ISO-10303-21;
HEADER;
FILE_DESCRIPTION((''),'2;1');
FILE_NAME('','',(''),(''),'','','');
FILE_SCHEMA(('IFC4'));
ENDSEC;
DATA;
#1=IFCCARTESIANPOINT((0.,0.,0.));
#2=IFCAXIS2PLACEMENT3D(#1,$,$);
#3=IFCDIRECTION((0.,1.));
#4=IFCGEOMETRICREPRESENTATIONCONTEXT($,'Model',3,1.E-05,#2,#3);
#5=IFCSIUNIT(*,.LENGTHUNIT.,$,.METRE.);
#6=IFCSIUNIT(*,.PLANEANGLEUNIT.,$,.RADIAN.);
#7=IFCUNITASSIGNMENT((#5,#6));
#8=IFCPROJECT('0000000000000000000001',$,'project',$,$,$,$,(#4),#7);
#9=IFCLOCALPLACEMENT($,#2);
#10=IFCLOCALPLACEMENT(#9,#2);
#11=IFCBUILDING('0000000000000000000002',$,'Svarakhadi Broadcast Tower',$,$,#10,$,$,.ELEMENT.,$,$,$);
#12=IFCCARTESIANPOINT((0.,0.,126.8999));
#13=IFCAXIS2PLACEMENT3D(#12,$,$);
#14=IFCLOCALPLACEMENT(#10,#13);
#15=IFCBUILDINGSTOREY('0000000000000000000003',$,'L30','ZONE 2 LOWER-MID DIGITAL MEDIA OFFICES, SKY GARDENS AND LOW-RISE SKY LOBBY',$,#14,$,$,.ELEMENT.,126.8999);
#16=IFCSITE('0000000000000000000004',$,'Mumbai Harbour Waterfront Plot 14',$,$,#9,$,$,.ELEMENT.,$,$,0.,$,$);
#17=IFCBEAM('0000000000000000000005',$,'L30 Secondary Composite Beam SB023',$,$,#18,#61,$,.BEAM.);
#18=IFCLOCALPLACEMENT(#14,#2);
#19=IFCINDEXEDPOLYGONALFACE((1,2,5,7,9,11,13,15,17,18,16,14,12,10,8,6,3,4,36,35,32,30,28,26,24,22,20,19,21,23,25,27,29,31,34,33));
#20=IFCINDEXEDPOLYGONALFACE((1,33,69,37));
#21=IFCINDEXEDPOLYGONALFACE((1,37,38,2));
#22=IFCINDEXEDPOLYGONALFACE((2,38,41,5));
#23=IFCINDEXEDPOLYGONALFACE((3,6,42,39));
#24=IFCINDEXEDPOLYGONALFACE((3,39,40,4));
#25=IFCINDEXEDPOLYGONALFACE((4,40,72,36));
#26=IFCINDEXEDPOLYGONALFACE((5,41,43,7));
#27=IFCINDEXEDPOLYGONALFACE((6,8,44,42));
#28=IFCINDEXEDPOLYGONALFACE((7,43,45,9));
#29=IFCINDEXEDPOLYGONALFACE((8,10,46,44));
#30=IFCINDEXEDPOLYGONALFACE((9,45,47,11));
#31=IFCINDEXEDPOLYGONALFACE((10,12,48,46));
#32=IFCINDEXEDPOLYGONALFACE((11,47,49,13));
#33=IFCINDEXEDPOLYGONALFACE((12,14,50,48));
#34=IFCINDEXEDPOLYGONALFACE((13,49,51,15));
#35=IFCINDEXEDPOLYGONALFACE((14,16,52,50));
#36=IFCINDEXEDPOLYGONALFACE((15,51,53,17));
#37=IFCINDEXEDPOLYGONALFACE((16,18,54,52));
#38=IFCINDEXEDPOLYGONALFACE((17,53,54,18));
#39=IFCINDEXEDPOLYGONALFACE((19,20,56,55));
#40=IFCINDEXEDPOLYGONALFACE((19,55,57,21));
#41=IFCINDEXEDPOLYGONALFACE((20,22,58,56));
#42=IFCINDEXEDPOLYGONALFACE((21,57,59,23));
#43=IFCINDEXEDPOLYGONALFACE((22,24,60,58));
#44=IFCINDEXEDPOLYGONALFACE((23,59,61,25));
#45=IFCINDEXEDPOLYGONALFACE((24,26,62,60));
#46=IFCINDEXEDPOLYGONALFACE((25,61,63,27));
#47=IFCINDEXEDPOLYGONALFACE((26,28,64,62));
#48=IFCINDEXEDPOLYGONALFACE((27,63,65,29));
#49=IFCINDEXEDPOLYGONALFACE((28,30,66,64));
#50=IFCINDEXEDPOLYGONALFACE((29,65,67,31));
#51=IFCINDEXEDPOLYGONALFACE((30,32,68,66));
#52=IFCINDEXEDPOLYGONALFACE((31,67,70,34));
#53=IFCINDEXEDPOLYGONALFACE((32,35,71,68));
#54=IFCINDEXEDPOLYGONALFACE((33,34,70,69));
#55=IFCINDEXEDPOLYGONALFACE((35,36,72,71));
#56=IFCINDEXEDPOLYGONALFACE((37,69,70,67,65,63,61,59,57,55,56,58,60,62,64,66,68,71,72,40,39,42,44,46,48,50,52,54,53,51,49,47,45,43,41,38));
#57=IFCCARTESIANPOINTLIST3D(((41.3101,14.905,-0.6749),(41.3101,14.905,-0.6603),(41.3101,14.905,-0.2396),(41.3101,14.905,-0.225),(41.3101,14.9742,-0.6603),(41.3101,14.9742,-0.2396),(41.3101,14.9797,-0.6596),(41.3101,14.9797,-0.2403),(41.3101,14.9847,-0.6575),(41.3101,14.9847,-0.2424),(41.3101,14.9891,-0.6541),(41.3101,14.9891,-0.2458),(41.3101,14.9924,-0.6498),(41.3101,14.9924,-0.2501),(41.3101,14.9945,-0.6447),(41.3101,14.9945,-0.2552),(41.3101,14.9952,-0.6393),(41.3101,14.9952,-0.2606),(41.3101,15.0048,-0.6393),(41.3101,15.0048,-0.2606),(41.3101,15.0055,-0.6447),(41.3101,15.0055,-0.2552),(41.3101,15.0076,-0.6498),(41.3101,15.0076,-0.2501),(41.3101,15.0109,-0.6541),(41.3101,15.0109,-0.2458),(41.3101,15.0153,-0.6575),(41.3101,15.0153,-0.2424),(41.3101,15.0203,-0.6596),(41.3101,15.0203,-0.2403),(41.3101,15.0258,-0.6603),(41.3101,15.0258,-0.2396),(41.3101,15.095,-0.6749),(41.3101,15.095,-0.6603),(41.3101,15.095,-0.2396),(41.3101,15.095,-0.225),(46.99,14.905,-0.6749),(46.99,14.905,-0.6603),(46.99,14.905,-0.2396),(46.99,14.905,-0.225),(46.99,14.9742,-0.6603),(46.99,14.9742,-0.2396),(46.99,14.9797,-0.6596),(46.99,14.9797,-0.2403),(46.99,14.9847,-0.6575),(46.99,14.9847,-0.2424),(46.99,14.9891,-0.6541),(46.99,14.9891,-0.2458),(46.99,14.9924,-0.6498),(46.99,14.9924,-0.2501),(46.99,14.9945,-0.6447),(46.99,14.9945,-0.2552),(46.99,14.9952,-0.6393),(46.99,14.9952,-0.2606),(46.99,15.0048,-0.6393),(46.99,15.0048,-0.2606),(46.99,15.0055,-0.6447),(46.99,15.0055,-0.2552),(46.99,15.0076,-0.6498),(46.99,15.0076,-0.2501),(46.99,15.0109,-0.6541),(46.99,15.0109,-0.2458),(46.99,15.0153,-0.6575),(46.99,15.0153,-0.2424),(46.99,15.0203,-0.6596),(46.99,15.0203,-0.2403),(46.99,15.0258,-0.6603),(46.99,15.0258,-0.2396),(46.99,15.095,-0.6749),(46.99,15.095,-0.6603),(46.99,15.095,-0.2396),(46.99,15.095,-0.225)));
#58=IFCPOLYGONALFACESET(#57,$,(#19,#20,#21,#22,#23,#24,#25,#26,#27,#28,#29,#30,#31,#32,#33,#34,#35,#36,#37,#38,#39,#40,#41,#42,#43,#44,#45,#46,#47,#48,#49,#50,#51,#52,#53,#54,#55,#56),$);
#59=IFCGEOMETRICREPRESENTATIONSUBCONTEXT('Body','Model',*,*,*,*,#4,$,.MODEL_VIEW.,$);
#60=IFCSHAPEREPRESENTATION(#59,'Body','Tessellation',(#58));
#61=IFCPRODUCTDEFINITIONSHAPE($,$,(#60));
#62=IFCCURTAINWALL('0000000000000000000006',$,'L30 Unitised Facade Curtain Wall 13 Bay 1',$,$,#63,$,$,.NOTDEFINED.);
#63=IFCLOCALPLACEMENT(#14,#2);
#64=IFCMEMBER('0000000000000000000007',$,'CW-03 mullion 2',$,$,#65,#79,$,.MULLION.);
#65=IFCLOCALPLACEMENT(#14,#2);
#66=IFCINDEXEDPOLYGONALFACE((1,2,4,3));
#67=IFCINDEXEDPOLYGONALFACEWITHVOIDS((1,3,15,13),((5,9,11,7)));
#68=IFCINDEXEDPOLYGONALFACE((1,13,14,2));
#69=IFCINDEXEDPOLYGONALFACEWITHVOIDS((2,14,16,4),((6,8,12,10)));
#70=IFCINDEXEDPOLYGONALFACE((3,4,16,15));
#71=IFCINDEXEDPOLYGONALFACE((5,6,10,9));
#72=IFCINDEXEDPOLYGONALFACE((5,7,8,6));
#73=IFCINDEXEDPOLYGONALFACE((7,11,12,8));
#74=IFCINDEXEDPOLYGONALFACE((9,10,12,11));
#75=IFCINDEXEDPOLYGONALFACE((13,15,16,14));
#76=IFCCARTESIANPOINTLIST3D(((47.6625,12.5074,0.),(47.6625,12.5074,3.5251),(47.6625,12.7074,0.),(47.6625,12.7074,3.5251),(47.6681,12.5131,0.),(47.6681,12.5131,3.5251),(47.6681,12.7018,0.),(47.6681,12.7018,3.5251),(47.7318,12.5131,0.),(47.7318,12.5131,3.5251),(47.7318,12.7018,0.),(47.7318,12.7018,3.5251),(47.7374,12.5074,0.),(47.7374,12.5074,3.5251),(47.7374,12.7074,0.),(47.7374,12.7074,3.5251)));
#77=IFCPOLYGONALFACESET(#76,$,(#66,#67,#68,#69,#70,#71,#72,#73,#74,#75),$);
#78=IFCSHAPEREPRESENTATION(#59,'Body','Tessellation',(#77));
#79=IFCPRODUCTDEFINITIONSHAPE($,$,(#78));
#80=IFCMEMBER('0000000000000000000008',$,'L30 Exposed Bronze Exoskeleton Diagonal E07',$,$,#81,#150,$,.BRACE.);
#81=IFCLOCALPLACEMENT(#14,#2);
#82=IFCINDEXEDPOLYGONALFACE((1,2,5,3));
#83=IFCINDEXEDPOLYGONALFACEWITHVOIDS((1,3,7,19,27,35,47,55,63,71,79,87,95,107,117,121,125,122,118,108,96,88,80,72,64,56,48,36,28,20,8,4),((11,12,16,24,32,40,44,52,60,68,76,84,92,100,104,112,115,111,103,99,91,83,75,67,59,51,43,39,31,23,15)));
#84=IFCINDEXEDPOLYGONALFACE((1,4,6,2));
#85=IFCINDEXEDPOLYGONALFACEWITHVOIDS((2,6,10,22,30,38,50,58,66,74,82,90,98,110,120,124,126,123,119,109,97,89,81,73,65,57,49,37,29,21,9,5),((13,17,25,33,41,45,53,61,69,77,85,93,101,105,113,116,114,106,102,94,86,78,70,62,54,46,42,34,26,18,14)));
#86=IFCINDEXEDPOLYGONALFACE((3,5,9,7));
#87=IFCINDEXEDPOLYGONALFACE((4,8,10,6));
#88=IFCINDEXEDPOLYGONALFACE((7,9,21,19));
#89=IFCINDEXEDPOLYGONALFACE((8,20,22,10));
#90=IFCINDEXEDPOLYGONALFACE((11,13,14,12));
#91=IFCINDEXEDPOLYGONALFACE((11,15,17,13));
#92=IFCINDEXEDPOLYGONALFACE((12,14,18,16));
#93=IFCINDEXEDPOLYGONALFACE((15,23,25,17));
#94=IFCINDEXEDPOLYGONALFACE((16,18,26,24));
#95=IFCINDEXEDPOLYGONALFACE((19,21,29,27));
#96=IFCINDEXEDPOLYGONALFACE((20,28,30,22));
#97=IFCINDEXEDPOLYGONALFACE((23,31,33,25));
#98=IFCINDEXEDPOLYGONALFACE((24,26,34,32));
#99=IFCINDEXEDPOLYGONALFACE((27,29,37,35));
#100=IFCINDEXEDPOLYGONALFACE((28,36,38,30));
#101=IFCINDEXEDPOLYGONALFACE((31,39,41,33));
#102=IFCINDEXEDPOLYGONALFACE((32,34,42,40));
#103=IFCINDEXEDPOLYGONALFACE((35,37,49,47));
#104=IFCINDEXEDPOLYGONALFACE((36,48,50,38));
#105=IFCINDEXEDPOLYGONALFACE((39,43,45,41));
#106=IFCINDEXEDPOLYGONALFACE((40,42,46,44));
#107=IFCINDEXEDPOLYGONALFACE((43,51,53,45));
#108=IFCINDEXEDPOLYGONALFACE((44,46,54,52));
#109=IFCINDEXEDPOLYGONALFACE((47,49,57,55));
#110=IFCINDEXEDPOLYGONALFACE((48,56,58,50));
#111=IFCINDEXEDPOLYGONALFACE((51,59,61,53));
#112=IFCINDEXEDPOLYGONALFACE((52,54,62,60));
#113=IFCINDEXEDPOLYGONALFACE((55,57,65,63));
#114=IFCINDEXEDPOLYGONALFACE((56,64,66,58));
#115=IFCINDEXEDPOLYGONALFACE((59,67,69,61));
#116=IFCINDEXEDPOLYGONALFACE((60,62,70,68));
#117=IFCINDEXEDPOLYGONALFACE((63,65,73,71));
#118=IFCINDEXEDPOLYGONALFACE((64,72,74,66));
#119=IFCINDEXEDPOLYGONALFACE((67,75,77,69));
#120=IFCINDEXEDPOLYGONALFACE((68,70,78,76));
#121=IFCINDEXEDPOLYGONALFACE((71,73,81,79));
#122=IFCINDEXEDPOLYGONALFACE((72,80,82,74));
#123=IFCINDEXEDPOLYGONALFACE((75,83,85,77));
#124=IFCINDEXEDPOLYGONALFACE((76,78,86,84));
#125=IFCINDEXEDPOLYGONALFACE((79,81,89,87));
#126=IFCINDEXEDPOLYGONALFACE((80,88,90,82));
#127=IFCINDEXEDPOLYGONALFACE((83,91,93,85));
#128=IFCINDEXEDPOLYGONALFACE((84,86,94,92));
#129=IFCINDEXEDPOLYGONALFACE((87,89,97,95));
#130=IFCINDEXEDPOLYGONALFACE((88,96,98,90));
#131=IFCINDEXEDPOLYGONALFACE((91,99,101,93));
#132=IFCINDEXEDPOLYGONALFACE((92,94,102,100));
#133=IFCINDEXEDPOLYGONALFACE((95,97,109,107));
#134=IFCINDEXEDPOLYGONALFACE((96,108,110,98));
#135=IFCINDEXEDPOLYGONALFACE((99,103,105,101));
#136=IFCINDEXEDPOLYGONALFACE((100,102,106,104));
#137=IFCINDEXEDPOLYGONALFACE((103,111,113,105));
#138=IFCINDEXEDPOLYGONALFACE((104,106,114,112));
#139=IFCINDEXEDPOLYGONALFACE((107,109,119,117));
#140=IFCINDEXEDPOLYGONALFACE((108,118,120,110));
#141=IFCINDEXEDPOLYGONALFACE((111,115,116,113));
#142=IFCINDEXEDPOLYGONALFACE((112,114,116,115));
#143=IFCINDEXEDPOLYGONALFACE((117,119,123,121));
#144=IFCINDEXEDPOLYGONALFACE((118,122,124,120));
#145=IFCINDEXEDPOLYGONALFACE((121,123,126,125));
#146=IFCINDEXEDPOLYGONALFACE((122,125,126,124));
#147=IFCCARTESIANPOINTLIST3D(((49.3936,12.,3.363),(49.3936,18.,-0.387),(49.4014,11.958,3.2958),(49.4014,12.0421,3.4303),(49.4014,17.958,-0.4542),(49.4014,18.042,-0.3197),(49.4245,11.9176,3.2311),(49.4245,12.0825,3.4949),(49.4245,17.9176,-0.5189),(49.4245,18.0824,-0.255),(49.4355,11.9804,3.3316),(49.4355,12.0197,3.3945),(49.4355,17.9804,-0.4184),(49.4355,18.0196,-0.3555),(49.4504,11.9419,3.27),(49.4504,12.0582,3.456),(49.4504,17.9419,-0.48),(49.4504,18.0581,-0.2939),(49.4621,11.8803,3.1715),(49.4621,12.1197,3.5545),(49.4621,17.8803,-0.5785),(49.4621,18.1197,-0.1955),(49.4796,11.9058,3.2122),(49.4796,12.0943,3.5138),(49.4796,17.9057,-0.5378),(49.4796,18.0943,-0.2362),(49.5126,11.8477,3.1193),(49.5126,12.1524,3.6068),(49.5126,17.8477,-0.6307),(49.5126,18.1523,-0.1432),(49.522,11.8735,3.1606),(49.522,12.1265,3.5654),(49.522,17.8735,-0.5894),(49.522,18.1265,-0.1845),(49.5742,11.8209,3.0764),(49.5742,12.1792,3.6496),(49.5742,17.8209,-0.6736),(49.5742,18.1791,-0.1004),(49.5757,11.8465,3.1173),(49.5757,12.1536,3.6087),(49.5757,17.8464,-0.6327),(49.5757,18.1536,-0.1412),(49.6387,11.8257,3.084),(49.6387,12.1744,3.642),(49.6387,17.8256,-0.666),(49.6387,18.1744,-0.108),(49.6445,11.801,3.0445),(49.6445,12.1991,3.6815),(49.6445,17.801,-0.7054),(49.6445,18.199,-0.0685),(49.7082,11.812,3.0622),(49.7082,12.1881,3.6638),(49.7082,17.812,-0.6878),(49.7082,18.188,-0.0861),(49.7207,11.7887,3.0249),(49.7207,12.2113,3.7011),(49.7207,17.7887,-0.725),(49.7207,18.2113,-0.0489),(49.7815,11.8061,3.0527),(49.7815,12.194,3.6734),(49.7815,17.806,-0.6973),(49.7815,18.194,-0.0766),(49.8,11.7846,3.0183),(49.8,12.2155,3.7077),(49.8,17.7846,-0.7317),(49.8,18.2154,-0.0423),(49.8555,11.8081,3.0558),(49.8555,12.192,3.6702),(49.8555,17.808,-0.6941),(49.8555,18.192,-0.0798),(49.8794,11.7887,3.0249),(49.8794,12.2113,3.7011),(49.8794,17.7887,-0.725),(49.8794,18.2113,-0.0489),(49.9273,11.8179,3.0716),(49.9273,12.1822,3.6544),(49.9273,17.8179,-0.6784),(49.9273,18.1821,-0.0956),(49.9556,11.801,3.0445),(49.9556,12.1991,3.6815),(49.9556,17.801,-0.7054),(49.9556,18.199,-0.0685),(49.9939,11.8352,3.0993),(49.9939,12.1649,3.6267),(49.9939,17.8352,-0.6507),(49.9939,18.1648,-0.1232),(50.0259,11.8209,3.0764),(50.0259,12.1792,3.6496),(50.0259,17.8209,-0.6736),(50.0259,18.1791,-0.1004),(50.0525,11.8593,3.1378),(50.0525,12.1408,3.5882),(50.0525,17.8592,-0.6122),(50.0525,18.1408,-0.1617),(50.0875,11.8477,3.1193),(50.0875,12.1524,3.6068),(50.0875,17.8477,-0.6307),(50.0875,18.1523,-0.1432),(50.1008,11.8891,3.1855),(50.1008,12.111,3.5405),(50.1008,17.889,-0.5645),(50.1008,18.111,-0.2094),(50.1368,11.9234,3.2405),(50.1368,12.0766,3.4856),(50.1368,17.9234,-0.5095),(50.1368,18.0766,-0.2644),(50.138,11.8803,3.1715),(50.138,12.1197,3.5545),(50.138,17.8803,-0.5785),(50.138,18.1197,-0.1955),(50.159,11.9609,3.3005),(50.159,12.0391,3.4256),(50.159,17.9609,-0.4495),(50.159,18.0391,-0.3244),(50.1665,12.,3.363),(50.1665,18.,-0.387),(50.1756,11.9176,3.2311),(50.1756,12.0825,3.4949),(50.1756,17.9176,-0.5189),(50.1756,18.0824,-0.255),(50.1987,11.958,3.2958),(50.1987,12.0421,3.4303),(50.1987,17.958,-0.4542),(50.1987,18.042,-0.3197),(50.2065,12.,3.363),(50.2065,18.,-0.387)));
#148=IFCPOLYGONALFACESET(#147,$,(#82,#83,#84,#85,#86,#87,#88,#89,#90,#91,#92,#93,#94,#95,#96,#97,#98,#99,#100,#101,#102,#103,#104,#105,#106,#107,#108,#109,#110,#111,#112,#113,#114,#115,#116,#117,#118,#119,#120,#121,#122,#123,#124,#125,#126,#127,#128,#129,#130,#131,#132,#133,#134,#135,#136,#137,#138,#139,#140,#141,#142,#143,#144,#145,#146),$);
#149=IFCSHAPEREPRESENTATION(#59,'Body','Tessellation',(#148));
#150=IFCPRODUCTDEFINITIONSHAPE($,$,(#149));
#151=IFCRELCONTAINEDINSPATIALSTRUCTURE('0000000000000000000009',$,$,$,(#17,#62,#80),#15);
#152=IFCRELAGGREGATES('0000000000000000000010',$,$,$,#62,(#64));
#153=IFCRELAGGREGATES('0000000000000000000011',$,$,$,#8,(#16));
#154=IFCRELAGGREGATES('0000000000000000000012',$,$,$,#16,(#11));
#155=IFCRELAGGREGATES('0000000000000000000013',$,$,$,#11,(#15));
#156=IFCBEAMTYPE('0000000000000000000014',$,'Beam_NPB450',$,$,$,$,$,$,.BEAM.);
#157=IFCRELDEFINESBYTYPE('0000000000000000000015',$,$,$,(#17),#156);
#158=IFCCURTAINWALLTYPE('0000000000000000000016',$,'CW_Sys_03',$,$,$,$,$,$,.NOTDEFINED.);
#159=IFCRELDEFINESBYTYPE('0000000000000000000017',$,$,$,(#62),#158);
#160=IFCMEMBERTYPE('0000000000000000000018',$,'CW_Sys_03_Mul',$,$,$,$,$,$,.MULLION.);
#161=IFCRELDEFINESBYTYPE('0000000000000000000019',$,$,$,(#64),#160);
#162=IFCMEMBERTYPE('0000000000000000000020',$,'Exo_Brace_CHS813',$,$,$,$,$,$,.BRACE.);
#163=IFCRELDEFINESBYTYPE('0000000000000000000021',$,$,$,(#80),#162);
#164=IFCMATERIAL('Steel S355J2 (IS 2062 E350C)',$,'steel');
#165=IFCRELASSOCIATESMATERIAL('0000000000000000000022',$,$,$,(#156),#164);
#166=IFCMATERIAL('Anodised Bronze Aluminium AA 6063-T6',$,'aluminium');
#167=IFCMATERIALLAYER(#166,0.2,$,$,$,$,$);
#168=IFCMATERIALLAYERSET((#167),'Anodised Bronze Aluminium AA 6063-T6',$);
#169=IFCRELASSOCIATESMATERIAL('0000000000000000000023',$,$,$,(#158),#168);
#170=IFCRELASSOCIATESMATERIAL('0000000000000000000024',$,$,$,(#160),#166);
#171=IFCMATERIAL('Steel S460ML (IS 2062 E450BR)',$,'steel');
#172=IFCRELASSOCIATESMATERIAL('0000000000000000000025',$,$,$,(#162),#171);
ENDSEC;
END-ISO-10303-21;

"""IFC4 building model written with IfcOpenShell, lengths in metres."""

from ifc_helpers import new_model, si_unit, direction, frame, origin, origin_2d, place, context, subcontext, project, spatial, hollow_rectangle, hollow_circle, i_section, extrude, material, layer, layer_set, material_profile, profile_set, type_object, element, aggregate, save


model = new_model("IFC4")

# Units and contexts
model_context = context("Model", 3, precision=1e-05, world=origin(), true_north=direction((0.0, 1.0)))
body_context = subcontext(model_context, "Body", "Model", "MODEL_VIEW")
ifc_project = project(units=[si_unit("LENGTHUNIT", "METRE"), si_unit("PLANEANGLEUNIT", "RADIAN")], contexts=[model_context])

# Site, building, storey
site_placement = place(None, origin())
site = spatial("IfcSite", under=ifc_project, at=site_placement, Name="Mumbai Harbour Waterfront Plot 14", CompositionType="ELEMENT", RefElevation=0.0)
building_placement = place(site_placement, origin())
building = spatial("IfcBuilding", under=site, at=building_placement, Name="Svarakhadi Broadcast Tower", CompositionType="ELEMENT")
storey_placement = place(building_placement, frame((0.0, 0.0, 126.8999)))
storey = spatial("IfcBuildingStorey", under=building, at=storey_placement, Name="L30", Description="ZONE 2 LOWER-MID DIGITAL MEDIA OFFICES, SKY GARDENS AND LOW-RISE SKY LOBBY", CompositionType="ELEMENT", Elevation=126.8999)

# Shared definitions
ifc_material_1 = material(Name="Steel S460ML (IS 2062 E450BR)", Category="steel")

# Beam
ifc_material_2 = material(Name="Steel S355J2 (IS 2062 E350C)", Category="steel")
ifc_material_profile_1 = material_profile(ifc_material_2, i_section(OverallWidth=0.1899, OverallDepth=0.45, WebThickness=0.0095, FlangeThickness=0.0146, FilletRadius=0.021, at=origin_2d()), Name="NPB 450x190x78")
ifc_profile_set_1 = profile_set([ifc_material_profile_1], Name="Steel S355J2 (IS 2062 E350C)")
beam_type_1 = type_object("IfcBeamType", Name="Beam_NPB450", PredefinedType="BEAM", material=ifc_profile_set_1)
for number, where, z_axis, x_axis, name in (
    (1, (41.3101, 15.0, -0.45), (1.0, 0.0, 0.0), (0.0, 1.0, 0.0), "L30 Secondary Composite Beam SB023"),
):
    element("IfcBeam", number, at=place(storey_placement, frame(where, z_axis=z_axis, x_axis=x_axis)), inside=storey, type_object=beam_type_1, Name=name, PredefinedType="BEAM", context=body_context, shape_type="SweptSolid", body=[
        extrude(i_section(OverallWidth=0.1899, OverallDepth=0.45, WebThickness=0.0095, FlangeThickness=0.0146, FilletRadius=0.021, at=origin_2d()), origin(), (0.0, 0.0, 1.0), 5.6799),
    ])

# Curtain wall, member
ifc_material_3 = material(Name="Anodised Bronze Aluminium AA 6063-T6", Category="aluminium")
ifc_layer_1 = layer(ifc_material_3, 0.2)
ifc_layer_set_1 = layer_set([ifc_layer_1], Name="Anodised Bronze Aluminium AA 6063-T6")
curtain_wall_type = type_object("IfcCurtainWallType", Name="CW_Sys_03", PredefinedType="NOTDEFINED", material=ifc_layer_set_1)
curtain_wall_placement = place(storey_placement, origin())
curtain_wall = element("IfcCurtainWall", 2, at=curtain_wall_placement, inside=storey, type_object=curtain_wall_type, Name="L30 Unitised Facade Curtain Wall 13 Bay 1", PredefinedType="NOTDEFINED")
ifc_material_profile_2 = material_profile(ifc_material_3, hollow_rectangle(XDim=0.075, YDim=0.2, WallThickness=0.0056, at=origin_2d()), Name="ALU MULLION 200x75x6")
ifc_profile_set_2 = profile_set([ifc_material_profile_2], Name="Anodised Bronze Aluminium AA 6063-T6")
member_type_1 = type_object("IfcMemberType", Name="CW_Sys_03_Mul", PredefinedType="MULLION", material=ifc_profile_set_2)
member_1_placement = place(storey_placement, frame((47.7, 12.6074, 0.0), z_axis=(0.0, 0.0, 1.0), x_axis=(1.0, 0.0, 0.0)))
member_1 = element("IfcMember", 3, at=member_1_placement, type_object=member_type_1, Name="CW-03 mullion 2", PredefinedType="MULLION", context=body_context, shape_type="SweptSolid", body=[
    extrude(hollow_rectangle(XDim=0.075, YDim=0.2, WallThickness=0.0056, at=origin_2d()), origin(), (0.0, 0.0, 1.0), 3.5251),
])

# Member
ifc_material_profile_3 = material_profile(ifc_material_1, hollow_circle(Radius=0.4065, WallThickness=0.04, at=origin_2d()), Name="CHS 813x40")
ifc_profile_set_3 = profile_set([ifc_material_profile_3], Name="Steel S460ML (IS 2062 E450BR)")
member_type_2 = type_object("IfcMemberType", Name="Exo_Brace_CHS813", PredefinedType="BRACE", material=ifc_profile_set_3)
member_2_placement = place(storey_placement, frame((49.8, 18.0, -0.387), z_axis=(0.0, -0.847998, 0.529999), x_axis=(1.0, 0.0, 0.0)))
element("IfcMember", 4, at=member_2_placement, inside=storey, type_object=member_type_2, Name="L30 Exposed Bronze Exoskeleton Diagonal E07", PredefinedType="BRACE", context=body_context, shape_type="SweptSolid", body=[
    extrude(hollow_circle(Radius=0.4065, WallThickness=0.04, at=origin_2d()), origin(), (0.0, 0.0, 1.0), 7.0754),
])

aggregate(curtain_wall, [member_1])

save(model, "model.ifc")
